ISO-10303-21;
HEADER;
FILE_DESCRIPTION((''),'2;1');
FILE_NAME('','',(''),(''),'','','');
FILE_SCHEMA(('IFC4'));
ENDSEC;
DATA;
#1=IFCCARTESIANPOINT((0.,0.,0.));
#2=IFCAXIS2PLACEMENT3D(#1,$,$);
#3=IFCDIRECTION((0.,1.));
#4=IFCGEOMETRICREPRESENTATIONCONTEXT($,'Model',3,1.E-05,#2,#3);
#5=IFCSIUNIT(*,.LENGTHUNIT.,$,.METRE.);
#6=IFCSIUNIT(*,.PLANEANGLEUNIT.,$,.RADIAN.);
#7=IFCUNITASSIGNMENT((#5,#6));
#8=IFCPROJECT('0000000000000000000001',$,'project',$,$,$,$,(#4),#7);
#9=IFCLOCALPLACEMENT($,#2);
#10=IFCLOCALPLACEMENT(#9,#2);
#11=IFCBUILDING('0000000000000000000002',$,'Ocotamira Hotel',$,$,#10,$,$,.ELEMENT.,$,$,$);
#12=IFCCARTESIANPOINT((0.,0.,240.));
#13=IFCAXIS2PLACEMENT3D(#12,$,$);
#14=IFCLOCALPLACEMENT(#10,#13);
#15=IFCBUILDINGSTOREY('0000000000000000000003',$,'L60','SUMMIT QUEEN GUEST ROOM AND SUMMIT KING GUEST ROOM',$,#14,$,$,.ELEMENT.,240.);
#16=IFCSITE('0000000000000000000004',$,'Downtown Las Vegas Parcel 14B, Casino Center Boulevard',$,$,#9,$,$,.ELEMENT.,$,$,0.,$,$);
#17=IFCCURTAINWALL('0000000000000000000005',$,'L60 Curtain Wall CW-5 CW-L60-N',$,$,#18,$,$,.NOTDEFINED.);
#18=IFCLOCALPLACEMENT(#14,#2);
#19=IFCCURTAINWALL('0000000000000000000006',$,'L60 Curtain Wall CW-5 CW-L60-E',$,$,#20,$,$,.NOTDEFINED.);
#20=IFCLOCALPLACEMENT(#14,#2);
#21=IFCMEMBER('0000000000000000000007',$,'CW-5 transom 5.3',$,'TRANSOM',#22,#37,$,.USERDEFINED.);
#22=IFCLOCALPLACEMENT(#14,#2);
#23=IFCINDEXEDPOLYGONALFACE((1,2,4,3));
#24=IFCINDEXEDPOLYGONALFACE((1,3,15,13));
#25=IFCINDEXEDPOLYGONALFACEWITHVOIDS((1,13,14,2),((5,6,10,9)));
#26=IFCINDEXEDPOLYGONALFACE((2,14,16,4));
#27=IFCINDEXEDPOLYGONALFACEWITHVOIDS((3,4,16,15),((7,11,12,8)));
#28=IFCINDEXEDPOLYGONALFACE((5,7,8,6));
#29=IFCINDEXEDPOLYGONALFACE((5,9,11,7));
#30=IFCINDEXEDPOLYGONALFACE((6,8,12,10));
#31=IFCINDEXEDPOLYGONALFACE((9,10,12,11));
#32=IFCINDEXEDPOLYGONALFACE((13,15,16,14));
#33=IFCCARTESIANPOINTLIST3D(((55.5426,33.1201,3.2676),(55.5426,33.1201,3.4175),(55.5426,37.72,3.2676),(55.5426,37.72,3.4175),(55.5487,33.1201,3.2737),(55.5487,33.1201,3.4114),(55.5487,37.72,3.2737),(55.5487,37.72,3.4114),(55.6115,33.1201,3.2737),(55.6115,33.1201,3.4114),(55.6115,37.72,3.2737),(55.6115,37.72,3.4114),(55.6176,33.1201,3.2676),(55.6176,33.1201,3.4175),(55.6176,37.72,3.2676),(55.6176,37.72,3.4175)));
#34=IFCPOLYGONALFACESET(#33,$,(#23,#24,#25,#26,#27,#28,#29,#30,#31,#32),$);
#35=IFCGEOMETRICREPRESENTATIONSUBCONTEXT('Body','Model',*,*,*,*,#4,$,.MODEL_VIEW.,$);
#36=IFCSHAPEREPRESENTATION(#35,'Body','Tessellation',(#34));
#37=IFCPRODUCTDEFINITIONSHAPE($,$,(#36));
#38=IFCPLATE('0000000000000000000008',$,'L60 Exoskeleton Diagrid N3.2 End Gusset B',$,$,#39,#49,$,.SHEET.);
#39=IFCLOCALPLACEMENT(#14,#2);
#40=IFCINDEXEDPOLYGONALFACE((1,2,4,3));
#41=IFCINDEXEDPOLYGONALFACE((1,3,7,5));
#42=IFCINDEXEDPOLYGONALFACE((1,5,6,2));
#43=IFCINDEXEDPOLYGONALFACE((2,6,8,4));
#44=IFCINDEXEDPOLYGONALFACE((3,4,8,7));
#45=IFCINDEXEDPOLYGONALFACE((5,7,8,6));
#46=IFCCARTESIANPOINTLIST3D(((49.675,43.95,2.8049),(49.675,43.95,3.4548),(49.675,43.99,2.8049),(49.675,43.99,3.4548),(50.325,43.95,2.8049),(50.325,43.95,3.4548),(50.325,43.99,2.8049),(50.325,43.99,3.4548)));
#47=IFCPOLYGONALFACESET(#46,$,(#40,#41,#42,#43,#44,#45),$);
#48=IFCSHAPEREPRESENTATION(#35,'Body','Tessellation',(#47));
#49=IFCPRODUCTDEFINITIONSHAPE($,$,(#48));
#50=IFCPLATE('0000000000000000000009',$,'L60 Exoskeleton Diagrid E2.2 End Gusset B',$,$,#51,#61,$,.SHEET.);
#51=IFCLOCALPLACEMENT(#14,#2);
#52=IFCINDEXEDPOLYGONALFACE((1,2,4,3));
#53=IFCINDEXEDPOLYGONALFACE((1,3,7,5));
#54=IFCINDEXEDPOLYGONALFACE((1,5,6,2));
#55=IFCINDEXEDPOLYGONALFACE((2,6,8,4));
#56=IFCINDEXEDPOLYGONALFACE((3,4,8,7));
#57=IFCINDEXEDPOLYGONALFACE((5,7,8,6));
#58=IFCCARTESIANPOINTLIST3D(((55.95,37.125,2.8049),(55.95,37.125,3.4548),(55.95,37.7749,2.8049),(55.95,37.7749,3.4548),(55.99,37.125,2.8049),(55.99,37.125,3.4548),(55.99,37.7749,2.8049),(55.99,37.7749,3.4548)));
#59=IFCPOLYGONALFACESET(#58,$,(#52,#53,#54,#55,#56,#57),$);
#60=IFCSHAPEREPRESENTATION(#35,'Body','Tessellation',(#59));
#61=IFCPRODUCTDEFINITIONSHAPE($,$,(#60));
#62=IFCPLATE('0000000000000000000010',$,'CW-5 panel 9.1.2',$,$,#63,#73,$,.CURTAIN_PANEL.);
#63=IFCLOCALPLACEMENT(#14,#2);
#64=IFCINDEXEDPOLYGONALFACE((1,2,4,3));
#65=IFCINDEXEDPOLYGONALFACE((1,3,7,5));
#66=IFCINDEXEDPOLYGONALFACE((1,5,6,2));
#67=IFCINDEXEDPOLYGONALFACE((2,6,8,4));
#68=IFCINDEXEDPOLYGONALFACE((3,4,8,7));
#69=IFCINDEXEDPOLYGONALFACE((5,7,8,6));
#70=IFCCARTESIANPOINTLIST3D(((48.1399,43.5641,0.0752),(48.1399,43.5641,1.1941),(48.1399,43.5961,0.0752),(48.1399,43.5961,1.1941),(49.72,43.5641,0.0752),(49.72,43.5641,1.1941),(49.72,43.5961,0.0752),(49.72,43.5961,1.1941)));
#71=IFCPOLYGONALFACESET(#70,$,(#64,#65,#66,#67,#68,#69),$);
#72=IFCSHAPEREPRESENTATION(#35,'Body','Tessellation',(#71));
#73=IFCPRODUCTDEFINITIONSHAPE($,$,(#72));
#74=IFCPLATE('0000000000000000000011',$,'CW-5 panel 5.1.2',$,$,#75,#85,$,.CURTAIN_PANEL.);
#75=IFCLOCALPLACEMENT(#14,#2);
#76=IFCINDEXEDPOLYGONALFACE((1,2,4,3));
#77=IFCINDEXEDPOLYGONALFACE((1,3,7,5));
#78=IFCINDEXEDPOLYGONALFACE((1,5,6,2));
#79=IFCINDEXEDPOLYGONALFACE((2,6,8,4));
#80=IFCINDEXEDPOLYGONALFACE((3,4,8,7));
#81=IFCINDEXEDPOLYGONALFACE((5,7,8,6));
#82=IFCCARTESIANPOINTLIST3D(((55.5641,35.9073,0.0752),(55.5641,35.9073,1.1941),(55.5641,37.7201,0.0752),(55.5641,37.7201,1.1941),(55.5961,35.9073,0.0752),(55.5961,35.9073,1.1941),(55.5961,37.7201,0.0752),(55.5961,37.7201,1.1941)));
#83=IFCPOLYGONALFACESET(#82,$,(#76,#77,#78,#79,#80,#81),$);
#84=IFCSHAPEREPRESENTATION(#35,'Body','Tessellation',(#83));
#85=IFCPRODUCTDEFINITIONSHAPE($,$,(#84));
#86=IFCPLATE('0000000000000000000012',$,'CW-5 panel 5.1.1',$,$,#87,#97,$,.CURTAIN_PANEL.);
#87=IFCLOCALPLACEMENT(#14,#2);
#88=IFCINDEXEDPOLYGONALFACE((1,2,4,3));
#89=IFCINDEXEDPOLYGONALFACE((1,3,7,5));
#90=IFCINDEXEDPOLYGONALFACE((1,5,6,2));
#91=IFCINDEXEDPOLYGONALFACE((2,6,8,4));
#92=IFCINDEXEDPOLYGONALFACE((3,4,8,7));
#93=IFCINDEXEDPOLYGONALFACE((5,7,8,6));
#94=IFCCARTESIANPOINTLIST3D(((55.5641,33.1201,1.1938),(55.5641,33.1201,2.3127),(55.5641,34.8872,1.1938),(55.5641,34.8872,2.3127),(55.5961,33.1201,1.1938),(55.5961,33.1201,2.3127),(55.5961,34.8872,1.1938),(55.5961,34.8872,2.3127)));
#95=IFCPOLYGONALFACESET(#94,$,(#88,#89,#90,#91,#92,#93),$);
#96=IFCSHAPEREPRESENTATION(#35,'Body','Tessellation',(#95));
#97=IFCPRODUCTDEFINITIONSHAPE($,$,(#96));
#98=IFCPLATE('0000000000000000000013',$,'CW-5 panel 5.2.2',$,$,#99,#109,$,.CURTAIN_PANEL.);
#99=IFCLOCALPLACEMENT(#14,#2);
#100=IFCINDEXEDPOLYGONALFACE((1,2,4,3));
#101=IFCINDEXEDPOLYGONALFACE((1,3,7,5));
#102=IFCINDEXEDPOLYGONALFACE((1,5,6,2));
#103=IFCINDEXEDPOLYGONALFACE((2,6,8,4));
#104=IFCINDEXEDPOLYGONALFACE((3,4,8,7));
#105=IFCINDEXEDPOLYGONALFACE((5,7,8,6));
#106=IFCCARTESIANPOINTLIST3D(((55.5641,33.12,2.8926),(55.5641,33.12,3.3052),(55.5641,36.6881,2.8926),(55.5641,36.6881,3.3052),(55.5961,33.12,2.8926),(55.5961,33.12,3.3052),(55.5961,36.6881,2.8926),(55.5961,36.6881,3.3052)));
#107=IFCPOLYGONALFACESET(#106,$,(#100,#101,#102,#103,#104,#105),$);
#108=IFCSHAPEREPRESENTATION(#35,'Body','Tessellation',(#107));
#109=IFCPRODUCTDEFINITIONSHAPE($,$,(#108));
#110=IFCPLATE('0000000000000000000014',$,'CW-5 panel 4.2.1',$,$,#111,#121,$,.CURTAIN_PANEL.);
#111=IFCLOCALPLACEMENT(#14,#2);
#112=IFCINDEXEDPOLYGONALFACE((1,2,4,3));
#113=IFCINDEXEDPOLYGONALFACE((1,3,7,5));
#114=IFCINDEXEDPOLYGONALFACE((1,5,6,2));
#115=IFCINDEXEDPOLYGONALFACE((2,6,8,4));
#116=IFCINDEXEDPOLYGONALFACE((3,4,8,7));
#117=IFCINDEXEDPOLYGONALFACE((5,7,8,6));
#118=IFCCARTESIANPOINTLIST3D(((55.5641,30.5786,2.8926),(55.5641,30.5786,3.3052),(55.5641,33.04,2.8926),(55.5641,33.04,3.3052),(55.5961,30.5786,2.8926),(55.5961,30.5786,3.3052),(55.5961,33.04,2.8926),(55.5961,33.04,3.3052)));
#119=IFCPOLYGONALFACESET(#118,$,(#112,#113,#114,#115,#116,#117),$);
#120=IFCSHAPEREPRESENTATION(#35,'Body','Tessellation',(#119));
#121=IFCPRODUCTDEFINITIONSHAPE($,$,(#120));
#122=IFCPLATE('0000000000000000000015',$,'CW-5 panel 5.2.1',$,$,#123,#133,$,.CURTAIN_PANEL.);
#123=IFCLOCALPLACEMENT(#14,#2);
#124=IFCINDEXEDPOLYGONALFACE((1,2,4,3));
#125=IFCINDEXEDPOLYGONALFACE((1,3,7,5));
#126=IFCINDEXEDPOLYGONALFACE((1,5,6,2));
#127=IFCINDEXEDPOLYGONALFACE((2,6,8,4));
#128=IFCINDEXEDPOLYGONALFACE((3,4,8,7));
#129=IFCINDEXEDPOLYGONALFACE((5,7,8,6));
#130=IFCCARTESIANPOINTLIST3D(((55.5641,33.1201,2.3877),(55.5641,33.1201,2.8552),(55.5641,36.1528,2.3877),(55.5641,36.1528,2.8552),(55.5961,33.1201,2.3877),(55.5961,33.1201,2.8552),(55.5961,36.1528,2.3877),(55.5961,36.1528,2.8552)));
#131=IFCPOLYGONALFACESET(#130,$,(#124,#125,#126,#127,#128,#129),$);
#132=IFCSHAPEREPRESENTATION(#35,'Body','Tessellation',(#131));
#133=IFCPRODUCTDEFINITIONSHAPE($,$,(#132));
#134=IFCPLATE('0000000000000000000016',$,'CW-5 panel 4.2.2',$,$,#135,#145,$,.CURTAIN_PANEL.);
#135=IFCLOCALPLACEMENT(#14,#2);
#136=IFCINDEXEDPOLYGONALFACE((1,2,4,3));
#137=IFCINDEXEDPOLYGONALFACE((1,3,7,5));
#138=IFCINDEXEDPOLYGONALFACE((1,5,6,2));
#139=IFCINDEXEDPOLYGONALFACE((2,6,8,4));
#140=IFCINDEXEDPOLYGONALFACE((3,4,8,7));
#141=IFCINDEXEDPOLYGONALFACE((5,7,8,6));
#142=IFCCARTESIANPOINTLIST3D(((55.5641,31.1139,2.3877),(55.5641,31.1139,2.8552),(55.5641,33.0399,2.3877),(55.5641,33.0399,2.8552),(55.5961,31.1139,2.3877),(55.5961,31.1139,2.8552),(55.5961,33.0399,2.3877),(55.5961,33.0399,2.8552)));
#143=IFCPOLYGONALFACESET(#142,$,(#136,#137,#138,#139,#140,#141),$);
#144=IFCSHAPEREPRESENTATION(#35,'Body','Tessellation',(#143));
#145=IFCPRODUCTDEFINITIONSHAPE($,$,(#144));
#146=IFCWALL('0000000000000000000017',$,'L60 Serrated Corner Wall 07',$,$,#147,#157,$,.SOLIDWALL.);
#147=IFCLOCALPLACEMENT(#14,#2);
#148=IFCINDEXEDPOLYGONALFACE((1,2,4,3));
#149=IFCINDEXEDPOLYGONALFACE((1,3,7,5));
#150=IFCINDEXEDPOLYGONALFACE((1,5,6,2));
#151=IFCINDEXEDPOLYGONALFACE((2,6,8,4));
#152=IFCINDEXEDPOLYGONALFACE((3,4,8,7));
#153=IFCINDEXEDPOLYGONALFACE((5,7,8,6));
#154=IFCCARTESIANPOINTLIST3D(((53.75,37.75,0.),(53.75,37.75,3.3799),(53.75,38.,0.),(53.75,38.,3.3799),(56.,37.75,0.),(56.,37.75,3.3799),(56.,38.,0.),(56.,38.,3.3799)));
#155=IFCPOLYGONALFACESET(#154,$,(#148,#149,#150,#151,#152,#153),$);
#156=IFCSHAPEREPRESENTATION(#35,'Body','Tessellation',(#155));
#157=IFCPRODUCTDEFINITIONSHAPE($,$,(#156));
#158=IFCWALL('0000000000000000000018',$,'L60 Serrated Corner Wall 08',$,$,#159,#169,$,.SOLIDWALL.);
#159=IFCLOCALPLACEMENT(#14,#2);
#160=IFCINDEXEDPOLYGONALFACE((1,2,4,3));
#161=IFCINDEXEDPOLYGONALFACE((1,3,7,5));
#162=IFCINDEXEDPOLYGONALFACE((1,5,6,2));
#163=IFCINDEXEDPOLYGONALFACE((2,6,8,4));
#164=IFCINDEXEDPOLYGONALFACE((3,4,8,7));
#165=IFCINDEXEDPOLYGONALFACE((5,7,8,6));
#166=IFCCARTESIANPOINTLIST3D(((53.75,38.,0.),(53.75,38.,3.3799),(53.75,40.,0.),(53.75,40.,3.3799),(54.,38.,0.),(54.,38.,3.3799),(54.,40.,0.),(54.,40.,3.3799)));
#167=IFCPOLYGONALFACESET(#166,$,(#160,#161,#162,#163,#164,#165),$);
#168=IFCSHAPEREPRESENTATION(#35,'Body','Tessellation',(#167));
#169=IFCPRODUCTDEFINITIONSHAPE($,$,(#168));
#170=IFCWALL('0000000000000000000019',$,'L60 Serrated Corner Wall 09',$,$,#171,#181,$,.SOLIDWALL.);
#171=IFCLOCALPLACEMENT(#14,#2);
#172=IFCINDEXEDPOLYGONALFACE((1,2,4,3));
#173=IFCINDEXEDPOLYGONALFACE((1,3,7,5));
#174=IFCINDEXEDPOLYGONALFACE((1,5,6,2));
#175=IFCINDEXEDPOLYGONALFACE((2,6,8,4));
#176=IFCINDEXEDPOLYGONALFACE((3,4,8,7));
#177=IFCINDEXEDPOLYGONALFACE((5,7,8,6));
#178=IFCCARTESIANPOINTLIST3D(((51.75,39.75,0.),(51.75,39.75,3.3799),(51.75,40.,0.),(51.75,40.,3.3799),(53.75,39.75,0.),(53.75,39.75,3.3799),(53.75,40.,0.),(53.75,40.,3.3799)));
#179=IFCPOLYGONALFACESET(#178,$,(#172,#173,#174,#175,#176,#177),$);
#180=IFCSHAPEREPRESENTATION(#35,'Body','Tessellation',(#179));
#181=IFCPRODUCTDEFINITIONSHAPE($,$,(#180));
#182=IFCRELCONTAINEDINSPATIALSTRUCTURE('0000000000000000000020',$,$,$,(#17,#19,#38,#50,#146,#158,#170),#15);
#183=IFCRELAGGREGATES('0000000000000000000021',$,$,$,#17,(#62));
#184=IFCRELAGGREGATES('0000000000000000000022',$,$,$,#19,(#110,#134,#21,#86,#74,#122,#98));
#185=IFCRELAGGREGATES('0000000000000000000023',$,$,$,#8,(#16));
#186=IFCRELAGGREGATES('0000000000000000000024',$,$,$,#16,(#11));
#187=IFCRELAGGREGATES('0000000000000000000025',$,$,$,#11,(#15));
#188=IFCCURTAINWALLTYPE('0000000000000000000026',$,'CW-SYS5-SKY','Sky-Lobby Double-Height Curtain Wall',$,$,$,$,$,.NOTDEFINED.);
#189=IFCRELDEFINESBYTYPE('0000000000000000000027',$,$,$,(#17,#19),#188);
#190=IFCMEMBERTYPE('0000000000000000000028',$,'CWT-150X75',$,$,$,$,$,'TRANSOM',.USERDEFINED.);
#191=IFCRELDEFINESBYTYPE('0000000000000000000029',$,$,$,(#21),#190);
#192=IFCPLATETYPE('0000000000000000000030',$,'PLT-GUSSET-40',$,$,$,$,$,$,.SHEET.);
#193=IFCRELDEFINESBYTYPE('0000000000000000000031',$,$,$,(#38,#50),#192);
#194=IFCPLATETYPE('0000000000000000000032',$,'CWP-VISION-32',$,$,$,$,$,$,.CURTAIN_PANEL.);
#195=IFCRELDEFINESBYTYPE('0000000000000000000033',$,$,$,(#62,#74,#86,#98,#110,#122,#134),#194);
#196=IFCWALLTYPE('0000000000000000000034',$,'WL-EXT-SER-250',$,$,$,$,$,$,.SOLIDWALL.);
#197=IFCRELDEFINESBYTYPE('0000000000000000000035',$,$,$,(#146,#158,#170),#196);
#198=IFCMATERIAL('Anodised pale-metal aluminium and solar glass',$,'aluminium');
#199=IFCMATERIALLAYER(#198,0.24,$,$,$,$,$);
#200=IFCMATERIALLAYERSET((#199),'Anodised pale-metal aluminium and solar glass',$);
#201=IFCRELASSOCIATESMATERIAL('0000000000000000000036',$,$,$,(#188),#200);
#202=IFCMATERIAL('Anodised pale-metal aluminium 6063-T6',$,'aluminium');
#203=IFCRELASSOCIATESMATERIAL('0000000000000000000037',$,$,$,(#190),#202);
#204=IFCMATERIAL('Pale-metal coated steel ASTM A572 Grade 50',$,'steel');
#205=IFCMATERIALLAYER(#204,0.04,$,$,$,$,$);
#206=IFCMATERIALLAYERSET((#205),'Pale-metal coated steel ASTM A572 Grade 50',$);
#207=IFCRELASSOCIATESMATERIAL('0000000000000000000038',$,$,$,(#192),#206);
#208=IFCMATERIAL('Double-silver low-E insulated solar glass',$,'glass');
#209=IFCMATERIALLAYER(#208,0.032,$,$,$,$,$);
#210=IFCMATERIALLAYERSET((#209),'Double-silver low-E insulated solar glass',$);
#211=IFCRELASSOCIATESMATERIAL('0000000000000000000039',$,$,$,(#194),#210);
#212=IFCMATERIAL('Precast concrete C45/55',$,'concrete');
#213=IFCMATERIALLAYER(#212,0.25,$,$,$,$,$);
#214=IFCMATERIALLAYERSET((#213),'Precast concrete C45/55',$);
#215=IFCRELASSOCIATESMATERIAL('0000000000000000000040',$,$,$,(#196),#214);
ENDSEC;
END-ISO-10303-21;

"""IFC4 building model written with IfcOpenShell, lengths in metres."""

from ifc_helpers import new_model, si_unit, direction, frame, frame_2d, origin, origin_2d, place, context, subcontext, project, spatial, rectangle, hollow_rectangle, extrude, source, transform, mapped, material, layer, layer_set, material_profile, profile_set, type_object, element, aggregate, save


model = new_model("IFC4")

# Units and contexts
model_context = context("Model", 3, precision=1e-05, world=origin(), true_north=direction((0.0, 1.0)))
body_context = subcontext(model_context, "Body", "Model", "MODEL_VIEW")
ifc_project = project(units=[si_unit("LENGTHUNIT", "METRE"), si_unit("PLANEANGLEUNIT", "RADIAN")], contexts=[model_context])

# Site, building, storey
site_placement = place(None, origin())
site = spatial("IfcSite", under=ifc_project, at=site_placement, Name="Downtown Las Vegas Parcel 14B, Casino Center Boulevard", CompositionType="ELEMENT", RefElevation=0.0)
building_placement = place(site_placement, origin())
building = spatial("IfcBuilding", under=site, at=building_placement, Name="Ocotamira Hotel", CompositionType="ELEMENT")
storey_placement = place(building_placement, frame((0.0, 0.0, 240.0)))
storey = spatial("IfcBuildingStorey", under=building, at=storey_placement, Name="L60", Description="SUMMIT QUEEN GUEST ROOM AND SUMMIT KING GUEST ROOM", CompositionType="ELEMENT", Elevation=240.0)

# Curtain wall
ifc_material_1 = material(Name="Anodised pale-metal aluminium and solar glass", Category="aluminium")
ifc_layer_1 = layer(ifc_material_1, 0.24)
ifc_layer_set_1 = layer_set([ifc_layer_1], Name="Anodised pale-metal aluminium and solar glass")
curtain_wall_type = type_object("IfcCurtainWallType", Name="CW-SYS5-SKY", Description="Sky-Lobby Double-Height Curtain Wall", PredefinedType="NOTDEFINED", material=ifc_layer_set_1)
curtain_wall_1_placement = place(storey_placement, origin())
curtain_wall_1 = element("IfcCurtainWall", 1, at=curtain_wall_1_placement, inside=storey, type_object=curtain_wall_type, Name="L60 Curtain Wall CW-5 CW-L60-N", PredefinedType="NOTDEFINED")
ifc_material_2 = material(Name="Anodised pale-metal aluminium 6063-T6", Category="aluminium")

# Curtain wall, member
curtain_wall_2_placement = place(storey_placement, origin())
curtain_wall_2 = element("IfcCurtainWall", 2, at=curtain_wall_2_placement, inside=storey, type_object=curtain_wall_type, Name="L60 Curtain Wall CW-5 CW-L60-E", PredefinedType="NOTDEFINED")
ifc_material_profile_1 = material_profile(ifc_material_2, hollow_rectangle(XDim=0.075, YDim=0.1499, WallThickness=0.0061, at=origin_2d()), Name="HSS150X75X6")
ifc_profile_set_1 = profile_set([ifc_material_profile_1], Name="Anodised pale-metal aluminium 6063-T6")
member_type_1 = type_object("IfcMemberType", Name="CWT-150X75", ElementType="TRANSOM", PredefinedType="USERDEFINED", material=ifc_profile_set_1)
shared_shape_1 = source(origin(), body_context, "Body", "SweptSolid", [
    extrude(hollow_rectangle(XDim=0.075, YDim=0.1499, WallThickness=0.0061, at=origin_2d()), origin(), (0.0, 0.0, 1.0), 4.5999),
])
member_1_placement = place(storey_placement, frame((55.5801, 33.1201, 3.3425), z_axis=(0.0, 1.0, 0.0), x_axis=(-1.0, 0.0, 0.0)))
member_1 = element("IfcMember", 3, at=member_1_placement, type_object=member_type_1, Name="CW-5 transom 5.3", ObjectType="TRANSOM", PredefinedType="USERDEFINED", context=body_context, shape_type="MappedRepresentation", body=[
    mapped(shared_shape_1, transform((0.0, 0.0, 0.0), scale=1.0)),
])

# Plates
ifc_material_3 = material(Name="Pale-metal coated steel ASTM A572 Grade 50", Category="steel")
ifc_layer_2 = layer(ifc_material_3, 0.04)
ifc_layer_set_2 = layer_set([ifc_layer_2], Name="Pale-metal coated steel ASTM A572 Grade 50")
plate_type_1 = type_object("IfcPlateType", Name="PLT-GUSSET-40", PredefinedType="SHEET", material=ifc_layer_set_2)
shared_shape_2 = source(origin(), body_context, "Body", "SweptSolid", [
    extrude(rectangle(XDim=0.6499, YDim=0.04, at=origin_2d()), origin(), (0.0, 0.0, 1.0), 0.6499),
])
plate_1_placement = place(storey_placement, frame((50.0, 43.97, 2.8049), z_axis=(0.0, 0.0, 1.0), x_axis=(1.0, 0.0, 0.0)))
element("IfcPlate", 4, at=plate_1_placement, inside=storey, type_object=plate_type_1, Name="L60 Exoskeleton Diagrid N3.2 End Gusset B", PredefinedType="SHEET", context=body_context, shape_type="MappedRepresentation", body=[
    mapped(shared_shape_2, transform((0.0, 0.0, 0.0), scale=1.0)),
])
shared_shape_3 = source(origin(), body_context, "Body", "SweptSolid", [
    extrude(rectangle(XDim=0.04, YDim=0.6499, at=origin_2d()), origin(), (0.0, 0.0, 1.0), 0.6499),
])
plate_2_placement = place(storey_placement, frame((55.97, 37.45, 2.8049), z_axis=(0.0, 0.0, 1.0), x_axis=(1.0, 0.0, 0.0)))
element("IfcPlate", 5, at=plate_2_placement, inside=storey, type_object=plate_type_1, Name="L60 Exoskeleton Diagrid E2.2 End Gusset B", PredefinedType="SHEET", context=body_context, shape_type="MappedRepresentation", body=[
    mapped(shared_shape_3, transform((0.0, 0.0, 0.0), scale=1.0)),
])

# Plates
ifc_material_4 = material(Name="Double-silver low-E insulated solar glass", Category="glass")
ifc_layer_3 = layer(ifc_material_4, 0.032)
ifc_layer_set_3 = layer_set([ifc_layer_3], Name="Double-silver low-E insulated solar glass")
plate_type_2 = type_object("IfcPlateType", Name="CWP-VISION-32", PredefinedType="CURTAIN_PANEL", material=ifc_layer_set_3)
shared_shape_4 = source(origin(), body_context, "Body", "SweptSolid", [
    extrude(rectangle(XDim=1.5801, YDim=0.032, at=origin_2d()), origin(), (0.0, 0.0, 1.0), 1.1189),
])
plate_3_placement = place(storey_placement, frame((48.9299, 43.5801, 0.0752), z_axis=(0.0, 0.0, 1.0), x_axis=(1.0, 0.0, 0.0)))
plate_3 = element("IfcPlate", 6, at=plate_3_placement, type_object=plate_type_2, Name="CW-5 panel 9.1.2", PredefinedType="CURTAIN_PANEL", context=body_context, shape_type="MappedRepresentation", body=[
    mapped(shared_shape_4, transform((0.0, 0.0, 0.0), scale=1.0)),
])
aggregate(curtain_wall_1, [plate_3])
shared_shape_5 = source(origin(), body_context, "Body", "SweptSolid", [
    extrude(rectangle(XDim=1.8127, YDim=0.032, at=origin_2d()), origin(), (0.0, 0.0, 1.0), 1.1189),
])
plate_4_placement = place(storey_placement, frame((55.5801, 36.8137, 0.0752), z_axis=(0.0, 0.0, 1.0), x_axis=(0.0, 1.0, 0.0)))
plate_4 = element("IfcPlate", 7, at=plate_4_placement, type_object=plate_type_2, Name="CW-5 panel 5.1.2", PredefinedType="CURTAIN_PANEL", context=body_context, shape_type="MappedRepresentation", body=[
    mapped(shared_shape_5, transform((0.0, 0.0, 0.0), scale=1.0)),
])
shared_shape_6 = source(origin(), body_context, "Body", "SweptSolid", [
    extrude(rectangle(XDim=1.7671, YDim=0.032, at=origin_2d()), origin(), (0.0, 0.0, 1.0), 1.1189),
])
plate_5_placement = place(storey_placement, frame((55.5801, 34.0037, 1.1938), z_axis=(0.0, 0.0, 1.0), x_axis=(0.0, 1.0, 0.0)))
plate_5 = element("IfcPlate", 8, at=plate_5_placement, type_object=plate_type_2, Name="CW-5 panel 5.1.1", PredefinedType="CURTAIN_PANEL", context=body_context, shape_type="MappedRepresentation", body=[
    mapped(shared_shape_6, transform((0.0, 0.0, 0.0), scale=1.0)),
])
shared_shape_7 = source(origin(), body_context, "Body", "SweptSolid", [
    extrude(rectangle(XDim=3.5681, YDim=0.032, at=origin_2d()), origin(), (0.0, 0.0, 1.0), 0.4126),
])
plate_6_placement = place(storey_placement, frame((55.5801, 34.9041, 2.8926), z_axis=(0.0, 0.0, 1.0), x_axis=(0.0, 1.0, 0.0)))
plate_6 = element("IfcPlate", 9, at=plate_6_placement, type_object=plate_type_2, Name="CW-5 panel 5.2.2", PredefinedType="CURTAIN_PANEL", context=body_context, shape_type="MappedRepresentation", body=[
    mapped(shared_shape_7, transform((0.0, 0.0, 0.0), scale=1.0)),
])
shared_shape_8 = source(origin(), body_context, "Body", "SweptSolid", [
    extrude(rectangle(XDim=2.4614, YDim=0.032, at=origin_2d()), origin(), (0.0, 0.0, 1.0), 0.4126),
])
plate_7_placement = place(storey_placement, frame((55.5801, 31.8093, 2.8926), z_axis=(0.0, 0.0, 1.0), x_axis=(0.0, 1.0, 0.0)))
plate_7 = element("IfcPlate", 10, at=plate_7_placement, type_object=plate_type_2, Name="CW-5 panel 4.2.1", PredefinedType="CURTAIN_PANEL", context=body_context, shape_type="MappedRepresentation", body=[
    mapped(shared_shape_8, transform((0.0, 0.0, 0.0), scale=1.0)),
])
shared_shape_9 = source(origin(), body_context, "Body", "SweptSolid", [
    extrude(rectangle(XDim=3.0327, YDim=0.032, at=origin_2d()), origin(), (0.0, 0.0, 1.0), 0.4675),
])
plate_8_placement = place(storey_placement, frame((55.5801, 34.6365, 2.3877), z_axis=(0.0, 0.0, 1.0), x_axis=(0.0, 1.0, 0.0)))
plate_8 = element("IfcPlate", 11, at=plate_8_placement, type_object=plate_type_2, Name="CW-5 panel 5.2.1", PredefinedType="CURTAIN_PANEL", context=body_context, shape_type="MappedRepresentation", body=[
    mapped(shared_shape_9, transform((0.0, 0.0, 0.0), scale=1.0)),
])
shared_shape_10 = source(origin(), body_context, "Body", "SweptSolid", [
    extrude(rectangle(XDim=1.926, YDim=0.032, at=origin_2d()), origin(), (0.0, 0.0, 1.0), 0.4675),
])
plate_9_placement = place(storey_placement, frame((55.5801, 32.0769, 2.3877), z_axis=(0.0, 0.0, 1.0), x_axis=(0.0, 1.0, 0.0)))
plate_9 = element("IfcPlate", 12, at=plate_9_placement, type_object=plate_type_2, Name="CW-5 panel 4.2.2", PredefinedType="CURTAIN_PANEL", context=body_context, shape_type="MappedRepresentation", body=[
    mapped(shared_shape_10, transform((0.0, 0.0, 0.0), scale=1.0)),
])
aggregate(curtain_wall_2, [plate_7, plate_9, member_1, plate_5, plate_4, plate_8, plate_6])

# Walls
ifc_material_5 = material(Name="Precast concrete C45/55", Category="concrete")
ifc_layer_4 = layer(ifc_material_5, 0.25)
ifc_layer_set_4 = layer_set([ifc_layer_4], Name="Precast concrete C45/55")
wall_type_1 = type_object("IfcWallType", Name="WL-EXT-SER-250", PredefinedType="SOLIDWALL", material=ifc_layer_set_4)
wall_1_placement = place(storey_placement, frame((56.0, 37.875, 0.0), z_axis=(0.0, 0.0, 1.0), x_axis=(-1.0, 0.0, 0.0)))
element("IfcWall", 13, at=wall_1_placement, inside=storey, type_object=wall_type_1, Name="L60 Serrated Corner Wall 07", PredefinedType="SOLIDWALL", context=body_context, shape_type="SweptSolid", body=[
    extrude(rectangle(XDim=2.25, YDim=0.25, at=frame_2d((1.125, 0.0))), origin(), (0.0, 0.0, 1.0), 3.3799),
])
for number, where, z_axis, x_axis, name in (
    (14, (53.875, 38.0, 0.0), (0.0, 0.0, 1.0), (0.0, 1.0, 0.0), "L60 Serrated Corner Wall 08"),
    (15, (53.75, 39.875, 0.0), (0.0, 0.0, 1.0), (-1.0, 0.0, 0.0), "L60 Serrated Corner Wall 09"),
):
    element("IfcWall", number, at=place(storey_placement, frame(where, z_axis=z_axis, x_axis=x_axis)), inside=storey, type_object=wall_type_1, Name=name, PredefinedType="SOLIDWALL", context=body_context, shape_type="SweptSolid", body=[
        extrude(rectangle(XDim=2.0, YDim=0.25, at=frame_2d((1.0, 0.0))), origin(), (0.0, 0.0, 1.0), 3.3799),
    ])

save(model, "model.ifc")
